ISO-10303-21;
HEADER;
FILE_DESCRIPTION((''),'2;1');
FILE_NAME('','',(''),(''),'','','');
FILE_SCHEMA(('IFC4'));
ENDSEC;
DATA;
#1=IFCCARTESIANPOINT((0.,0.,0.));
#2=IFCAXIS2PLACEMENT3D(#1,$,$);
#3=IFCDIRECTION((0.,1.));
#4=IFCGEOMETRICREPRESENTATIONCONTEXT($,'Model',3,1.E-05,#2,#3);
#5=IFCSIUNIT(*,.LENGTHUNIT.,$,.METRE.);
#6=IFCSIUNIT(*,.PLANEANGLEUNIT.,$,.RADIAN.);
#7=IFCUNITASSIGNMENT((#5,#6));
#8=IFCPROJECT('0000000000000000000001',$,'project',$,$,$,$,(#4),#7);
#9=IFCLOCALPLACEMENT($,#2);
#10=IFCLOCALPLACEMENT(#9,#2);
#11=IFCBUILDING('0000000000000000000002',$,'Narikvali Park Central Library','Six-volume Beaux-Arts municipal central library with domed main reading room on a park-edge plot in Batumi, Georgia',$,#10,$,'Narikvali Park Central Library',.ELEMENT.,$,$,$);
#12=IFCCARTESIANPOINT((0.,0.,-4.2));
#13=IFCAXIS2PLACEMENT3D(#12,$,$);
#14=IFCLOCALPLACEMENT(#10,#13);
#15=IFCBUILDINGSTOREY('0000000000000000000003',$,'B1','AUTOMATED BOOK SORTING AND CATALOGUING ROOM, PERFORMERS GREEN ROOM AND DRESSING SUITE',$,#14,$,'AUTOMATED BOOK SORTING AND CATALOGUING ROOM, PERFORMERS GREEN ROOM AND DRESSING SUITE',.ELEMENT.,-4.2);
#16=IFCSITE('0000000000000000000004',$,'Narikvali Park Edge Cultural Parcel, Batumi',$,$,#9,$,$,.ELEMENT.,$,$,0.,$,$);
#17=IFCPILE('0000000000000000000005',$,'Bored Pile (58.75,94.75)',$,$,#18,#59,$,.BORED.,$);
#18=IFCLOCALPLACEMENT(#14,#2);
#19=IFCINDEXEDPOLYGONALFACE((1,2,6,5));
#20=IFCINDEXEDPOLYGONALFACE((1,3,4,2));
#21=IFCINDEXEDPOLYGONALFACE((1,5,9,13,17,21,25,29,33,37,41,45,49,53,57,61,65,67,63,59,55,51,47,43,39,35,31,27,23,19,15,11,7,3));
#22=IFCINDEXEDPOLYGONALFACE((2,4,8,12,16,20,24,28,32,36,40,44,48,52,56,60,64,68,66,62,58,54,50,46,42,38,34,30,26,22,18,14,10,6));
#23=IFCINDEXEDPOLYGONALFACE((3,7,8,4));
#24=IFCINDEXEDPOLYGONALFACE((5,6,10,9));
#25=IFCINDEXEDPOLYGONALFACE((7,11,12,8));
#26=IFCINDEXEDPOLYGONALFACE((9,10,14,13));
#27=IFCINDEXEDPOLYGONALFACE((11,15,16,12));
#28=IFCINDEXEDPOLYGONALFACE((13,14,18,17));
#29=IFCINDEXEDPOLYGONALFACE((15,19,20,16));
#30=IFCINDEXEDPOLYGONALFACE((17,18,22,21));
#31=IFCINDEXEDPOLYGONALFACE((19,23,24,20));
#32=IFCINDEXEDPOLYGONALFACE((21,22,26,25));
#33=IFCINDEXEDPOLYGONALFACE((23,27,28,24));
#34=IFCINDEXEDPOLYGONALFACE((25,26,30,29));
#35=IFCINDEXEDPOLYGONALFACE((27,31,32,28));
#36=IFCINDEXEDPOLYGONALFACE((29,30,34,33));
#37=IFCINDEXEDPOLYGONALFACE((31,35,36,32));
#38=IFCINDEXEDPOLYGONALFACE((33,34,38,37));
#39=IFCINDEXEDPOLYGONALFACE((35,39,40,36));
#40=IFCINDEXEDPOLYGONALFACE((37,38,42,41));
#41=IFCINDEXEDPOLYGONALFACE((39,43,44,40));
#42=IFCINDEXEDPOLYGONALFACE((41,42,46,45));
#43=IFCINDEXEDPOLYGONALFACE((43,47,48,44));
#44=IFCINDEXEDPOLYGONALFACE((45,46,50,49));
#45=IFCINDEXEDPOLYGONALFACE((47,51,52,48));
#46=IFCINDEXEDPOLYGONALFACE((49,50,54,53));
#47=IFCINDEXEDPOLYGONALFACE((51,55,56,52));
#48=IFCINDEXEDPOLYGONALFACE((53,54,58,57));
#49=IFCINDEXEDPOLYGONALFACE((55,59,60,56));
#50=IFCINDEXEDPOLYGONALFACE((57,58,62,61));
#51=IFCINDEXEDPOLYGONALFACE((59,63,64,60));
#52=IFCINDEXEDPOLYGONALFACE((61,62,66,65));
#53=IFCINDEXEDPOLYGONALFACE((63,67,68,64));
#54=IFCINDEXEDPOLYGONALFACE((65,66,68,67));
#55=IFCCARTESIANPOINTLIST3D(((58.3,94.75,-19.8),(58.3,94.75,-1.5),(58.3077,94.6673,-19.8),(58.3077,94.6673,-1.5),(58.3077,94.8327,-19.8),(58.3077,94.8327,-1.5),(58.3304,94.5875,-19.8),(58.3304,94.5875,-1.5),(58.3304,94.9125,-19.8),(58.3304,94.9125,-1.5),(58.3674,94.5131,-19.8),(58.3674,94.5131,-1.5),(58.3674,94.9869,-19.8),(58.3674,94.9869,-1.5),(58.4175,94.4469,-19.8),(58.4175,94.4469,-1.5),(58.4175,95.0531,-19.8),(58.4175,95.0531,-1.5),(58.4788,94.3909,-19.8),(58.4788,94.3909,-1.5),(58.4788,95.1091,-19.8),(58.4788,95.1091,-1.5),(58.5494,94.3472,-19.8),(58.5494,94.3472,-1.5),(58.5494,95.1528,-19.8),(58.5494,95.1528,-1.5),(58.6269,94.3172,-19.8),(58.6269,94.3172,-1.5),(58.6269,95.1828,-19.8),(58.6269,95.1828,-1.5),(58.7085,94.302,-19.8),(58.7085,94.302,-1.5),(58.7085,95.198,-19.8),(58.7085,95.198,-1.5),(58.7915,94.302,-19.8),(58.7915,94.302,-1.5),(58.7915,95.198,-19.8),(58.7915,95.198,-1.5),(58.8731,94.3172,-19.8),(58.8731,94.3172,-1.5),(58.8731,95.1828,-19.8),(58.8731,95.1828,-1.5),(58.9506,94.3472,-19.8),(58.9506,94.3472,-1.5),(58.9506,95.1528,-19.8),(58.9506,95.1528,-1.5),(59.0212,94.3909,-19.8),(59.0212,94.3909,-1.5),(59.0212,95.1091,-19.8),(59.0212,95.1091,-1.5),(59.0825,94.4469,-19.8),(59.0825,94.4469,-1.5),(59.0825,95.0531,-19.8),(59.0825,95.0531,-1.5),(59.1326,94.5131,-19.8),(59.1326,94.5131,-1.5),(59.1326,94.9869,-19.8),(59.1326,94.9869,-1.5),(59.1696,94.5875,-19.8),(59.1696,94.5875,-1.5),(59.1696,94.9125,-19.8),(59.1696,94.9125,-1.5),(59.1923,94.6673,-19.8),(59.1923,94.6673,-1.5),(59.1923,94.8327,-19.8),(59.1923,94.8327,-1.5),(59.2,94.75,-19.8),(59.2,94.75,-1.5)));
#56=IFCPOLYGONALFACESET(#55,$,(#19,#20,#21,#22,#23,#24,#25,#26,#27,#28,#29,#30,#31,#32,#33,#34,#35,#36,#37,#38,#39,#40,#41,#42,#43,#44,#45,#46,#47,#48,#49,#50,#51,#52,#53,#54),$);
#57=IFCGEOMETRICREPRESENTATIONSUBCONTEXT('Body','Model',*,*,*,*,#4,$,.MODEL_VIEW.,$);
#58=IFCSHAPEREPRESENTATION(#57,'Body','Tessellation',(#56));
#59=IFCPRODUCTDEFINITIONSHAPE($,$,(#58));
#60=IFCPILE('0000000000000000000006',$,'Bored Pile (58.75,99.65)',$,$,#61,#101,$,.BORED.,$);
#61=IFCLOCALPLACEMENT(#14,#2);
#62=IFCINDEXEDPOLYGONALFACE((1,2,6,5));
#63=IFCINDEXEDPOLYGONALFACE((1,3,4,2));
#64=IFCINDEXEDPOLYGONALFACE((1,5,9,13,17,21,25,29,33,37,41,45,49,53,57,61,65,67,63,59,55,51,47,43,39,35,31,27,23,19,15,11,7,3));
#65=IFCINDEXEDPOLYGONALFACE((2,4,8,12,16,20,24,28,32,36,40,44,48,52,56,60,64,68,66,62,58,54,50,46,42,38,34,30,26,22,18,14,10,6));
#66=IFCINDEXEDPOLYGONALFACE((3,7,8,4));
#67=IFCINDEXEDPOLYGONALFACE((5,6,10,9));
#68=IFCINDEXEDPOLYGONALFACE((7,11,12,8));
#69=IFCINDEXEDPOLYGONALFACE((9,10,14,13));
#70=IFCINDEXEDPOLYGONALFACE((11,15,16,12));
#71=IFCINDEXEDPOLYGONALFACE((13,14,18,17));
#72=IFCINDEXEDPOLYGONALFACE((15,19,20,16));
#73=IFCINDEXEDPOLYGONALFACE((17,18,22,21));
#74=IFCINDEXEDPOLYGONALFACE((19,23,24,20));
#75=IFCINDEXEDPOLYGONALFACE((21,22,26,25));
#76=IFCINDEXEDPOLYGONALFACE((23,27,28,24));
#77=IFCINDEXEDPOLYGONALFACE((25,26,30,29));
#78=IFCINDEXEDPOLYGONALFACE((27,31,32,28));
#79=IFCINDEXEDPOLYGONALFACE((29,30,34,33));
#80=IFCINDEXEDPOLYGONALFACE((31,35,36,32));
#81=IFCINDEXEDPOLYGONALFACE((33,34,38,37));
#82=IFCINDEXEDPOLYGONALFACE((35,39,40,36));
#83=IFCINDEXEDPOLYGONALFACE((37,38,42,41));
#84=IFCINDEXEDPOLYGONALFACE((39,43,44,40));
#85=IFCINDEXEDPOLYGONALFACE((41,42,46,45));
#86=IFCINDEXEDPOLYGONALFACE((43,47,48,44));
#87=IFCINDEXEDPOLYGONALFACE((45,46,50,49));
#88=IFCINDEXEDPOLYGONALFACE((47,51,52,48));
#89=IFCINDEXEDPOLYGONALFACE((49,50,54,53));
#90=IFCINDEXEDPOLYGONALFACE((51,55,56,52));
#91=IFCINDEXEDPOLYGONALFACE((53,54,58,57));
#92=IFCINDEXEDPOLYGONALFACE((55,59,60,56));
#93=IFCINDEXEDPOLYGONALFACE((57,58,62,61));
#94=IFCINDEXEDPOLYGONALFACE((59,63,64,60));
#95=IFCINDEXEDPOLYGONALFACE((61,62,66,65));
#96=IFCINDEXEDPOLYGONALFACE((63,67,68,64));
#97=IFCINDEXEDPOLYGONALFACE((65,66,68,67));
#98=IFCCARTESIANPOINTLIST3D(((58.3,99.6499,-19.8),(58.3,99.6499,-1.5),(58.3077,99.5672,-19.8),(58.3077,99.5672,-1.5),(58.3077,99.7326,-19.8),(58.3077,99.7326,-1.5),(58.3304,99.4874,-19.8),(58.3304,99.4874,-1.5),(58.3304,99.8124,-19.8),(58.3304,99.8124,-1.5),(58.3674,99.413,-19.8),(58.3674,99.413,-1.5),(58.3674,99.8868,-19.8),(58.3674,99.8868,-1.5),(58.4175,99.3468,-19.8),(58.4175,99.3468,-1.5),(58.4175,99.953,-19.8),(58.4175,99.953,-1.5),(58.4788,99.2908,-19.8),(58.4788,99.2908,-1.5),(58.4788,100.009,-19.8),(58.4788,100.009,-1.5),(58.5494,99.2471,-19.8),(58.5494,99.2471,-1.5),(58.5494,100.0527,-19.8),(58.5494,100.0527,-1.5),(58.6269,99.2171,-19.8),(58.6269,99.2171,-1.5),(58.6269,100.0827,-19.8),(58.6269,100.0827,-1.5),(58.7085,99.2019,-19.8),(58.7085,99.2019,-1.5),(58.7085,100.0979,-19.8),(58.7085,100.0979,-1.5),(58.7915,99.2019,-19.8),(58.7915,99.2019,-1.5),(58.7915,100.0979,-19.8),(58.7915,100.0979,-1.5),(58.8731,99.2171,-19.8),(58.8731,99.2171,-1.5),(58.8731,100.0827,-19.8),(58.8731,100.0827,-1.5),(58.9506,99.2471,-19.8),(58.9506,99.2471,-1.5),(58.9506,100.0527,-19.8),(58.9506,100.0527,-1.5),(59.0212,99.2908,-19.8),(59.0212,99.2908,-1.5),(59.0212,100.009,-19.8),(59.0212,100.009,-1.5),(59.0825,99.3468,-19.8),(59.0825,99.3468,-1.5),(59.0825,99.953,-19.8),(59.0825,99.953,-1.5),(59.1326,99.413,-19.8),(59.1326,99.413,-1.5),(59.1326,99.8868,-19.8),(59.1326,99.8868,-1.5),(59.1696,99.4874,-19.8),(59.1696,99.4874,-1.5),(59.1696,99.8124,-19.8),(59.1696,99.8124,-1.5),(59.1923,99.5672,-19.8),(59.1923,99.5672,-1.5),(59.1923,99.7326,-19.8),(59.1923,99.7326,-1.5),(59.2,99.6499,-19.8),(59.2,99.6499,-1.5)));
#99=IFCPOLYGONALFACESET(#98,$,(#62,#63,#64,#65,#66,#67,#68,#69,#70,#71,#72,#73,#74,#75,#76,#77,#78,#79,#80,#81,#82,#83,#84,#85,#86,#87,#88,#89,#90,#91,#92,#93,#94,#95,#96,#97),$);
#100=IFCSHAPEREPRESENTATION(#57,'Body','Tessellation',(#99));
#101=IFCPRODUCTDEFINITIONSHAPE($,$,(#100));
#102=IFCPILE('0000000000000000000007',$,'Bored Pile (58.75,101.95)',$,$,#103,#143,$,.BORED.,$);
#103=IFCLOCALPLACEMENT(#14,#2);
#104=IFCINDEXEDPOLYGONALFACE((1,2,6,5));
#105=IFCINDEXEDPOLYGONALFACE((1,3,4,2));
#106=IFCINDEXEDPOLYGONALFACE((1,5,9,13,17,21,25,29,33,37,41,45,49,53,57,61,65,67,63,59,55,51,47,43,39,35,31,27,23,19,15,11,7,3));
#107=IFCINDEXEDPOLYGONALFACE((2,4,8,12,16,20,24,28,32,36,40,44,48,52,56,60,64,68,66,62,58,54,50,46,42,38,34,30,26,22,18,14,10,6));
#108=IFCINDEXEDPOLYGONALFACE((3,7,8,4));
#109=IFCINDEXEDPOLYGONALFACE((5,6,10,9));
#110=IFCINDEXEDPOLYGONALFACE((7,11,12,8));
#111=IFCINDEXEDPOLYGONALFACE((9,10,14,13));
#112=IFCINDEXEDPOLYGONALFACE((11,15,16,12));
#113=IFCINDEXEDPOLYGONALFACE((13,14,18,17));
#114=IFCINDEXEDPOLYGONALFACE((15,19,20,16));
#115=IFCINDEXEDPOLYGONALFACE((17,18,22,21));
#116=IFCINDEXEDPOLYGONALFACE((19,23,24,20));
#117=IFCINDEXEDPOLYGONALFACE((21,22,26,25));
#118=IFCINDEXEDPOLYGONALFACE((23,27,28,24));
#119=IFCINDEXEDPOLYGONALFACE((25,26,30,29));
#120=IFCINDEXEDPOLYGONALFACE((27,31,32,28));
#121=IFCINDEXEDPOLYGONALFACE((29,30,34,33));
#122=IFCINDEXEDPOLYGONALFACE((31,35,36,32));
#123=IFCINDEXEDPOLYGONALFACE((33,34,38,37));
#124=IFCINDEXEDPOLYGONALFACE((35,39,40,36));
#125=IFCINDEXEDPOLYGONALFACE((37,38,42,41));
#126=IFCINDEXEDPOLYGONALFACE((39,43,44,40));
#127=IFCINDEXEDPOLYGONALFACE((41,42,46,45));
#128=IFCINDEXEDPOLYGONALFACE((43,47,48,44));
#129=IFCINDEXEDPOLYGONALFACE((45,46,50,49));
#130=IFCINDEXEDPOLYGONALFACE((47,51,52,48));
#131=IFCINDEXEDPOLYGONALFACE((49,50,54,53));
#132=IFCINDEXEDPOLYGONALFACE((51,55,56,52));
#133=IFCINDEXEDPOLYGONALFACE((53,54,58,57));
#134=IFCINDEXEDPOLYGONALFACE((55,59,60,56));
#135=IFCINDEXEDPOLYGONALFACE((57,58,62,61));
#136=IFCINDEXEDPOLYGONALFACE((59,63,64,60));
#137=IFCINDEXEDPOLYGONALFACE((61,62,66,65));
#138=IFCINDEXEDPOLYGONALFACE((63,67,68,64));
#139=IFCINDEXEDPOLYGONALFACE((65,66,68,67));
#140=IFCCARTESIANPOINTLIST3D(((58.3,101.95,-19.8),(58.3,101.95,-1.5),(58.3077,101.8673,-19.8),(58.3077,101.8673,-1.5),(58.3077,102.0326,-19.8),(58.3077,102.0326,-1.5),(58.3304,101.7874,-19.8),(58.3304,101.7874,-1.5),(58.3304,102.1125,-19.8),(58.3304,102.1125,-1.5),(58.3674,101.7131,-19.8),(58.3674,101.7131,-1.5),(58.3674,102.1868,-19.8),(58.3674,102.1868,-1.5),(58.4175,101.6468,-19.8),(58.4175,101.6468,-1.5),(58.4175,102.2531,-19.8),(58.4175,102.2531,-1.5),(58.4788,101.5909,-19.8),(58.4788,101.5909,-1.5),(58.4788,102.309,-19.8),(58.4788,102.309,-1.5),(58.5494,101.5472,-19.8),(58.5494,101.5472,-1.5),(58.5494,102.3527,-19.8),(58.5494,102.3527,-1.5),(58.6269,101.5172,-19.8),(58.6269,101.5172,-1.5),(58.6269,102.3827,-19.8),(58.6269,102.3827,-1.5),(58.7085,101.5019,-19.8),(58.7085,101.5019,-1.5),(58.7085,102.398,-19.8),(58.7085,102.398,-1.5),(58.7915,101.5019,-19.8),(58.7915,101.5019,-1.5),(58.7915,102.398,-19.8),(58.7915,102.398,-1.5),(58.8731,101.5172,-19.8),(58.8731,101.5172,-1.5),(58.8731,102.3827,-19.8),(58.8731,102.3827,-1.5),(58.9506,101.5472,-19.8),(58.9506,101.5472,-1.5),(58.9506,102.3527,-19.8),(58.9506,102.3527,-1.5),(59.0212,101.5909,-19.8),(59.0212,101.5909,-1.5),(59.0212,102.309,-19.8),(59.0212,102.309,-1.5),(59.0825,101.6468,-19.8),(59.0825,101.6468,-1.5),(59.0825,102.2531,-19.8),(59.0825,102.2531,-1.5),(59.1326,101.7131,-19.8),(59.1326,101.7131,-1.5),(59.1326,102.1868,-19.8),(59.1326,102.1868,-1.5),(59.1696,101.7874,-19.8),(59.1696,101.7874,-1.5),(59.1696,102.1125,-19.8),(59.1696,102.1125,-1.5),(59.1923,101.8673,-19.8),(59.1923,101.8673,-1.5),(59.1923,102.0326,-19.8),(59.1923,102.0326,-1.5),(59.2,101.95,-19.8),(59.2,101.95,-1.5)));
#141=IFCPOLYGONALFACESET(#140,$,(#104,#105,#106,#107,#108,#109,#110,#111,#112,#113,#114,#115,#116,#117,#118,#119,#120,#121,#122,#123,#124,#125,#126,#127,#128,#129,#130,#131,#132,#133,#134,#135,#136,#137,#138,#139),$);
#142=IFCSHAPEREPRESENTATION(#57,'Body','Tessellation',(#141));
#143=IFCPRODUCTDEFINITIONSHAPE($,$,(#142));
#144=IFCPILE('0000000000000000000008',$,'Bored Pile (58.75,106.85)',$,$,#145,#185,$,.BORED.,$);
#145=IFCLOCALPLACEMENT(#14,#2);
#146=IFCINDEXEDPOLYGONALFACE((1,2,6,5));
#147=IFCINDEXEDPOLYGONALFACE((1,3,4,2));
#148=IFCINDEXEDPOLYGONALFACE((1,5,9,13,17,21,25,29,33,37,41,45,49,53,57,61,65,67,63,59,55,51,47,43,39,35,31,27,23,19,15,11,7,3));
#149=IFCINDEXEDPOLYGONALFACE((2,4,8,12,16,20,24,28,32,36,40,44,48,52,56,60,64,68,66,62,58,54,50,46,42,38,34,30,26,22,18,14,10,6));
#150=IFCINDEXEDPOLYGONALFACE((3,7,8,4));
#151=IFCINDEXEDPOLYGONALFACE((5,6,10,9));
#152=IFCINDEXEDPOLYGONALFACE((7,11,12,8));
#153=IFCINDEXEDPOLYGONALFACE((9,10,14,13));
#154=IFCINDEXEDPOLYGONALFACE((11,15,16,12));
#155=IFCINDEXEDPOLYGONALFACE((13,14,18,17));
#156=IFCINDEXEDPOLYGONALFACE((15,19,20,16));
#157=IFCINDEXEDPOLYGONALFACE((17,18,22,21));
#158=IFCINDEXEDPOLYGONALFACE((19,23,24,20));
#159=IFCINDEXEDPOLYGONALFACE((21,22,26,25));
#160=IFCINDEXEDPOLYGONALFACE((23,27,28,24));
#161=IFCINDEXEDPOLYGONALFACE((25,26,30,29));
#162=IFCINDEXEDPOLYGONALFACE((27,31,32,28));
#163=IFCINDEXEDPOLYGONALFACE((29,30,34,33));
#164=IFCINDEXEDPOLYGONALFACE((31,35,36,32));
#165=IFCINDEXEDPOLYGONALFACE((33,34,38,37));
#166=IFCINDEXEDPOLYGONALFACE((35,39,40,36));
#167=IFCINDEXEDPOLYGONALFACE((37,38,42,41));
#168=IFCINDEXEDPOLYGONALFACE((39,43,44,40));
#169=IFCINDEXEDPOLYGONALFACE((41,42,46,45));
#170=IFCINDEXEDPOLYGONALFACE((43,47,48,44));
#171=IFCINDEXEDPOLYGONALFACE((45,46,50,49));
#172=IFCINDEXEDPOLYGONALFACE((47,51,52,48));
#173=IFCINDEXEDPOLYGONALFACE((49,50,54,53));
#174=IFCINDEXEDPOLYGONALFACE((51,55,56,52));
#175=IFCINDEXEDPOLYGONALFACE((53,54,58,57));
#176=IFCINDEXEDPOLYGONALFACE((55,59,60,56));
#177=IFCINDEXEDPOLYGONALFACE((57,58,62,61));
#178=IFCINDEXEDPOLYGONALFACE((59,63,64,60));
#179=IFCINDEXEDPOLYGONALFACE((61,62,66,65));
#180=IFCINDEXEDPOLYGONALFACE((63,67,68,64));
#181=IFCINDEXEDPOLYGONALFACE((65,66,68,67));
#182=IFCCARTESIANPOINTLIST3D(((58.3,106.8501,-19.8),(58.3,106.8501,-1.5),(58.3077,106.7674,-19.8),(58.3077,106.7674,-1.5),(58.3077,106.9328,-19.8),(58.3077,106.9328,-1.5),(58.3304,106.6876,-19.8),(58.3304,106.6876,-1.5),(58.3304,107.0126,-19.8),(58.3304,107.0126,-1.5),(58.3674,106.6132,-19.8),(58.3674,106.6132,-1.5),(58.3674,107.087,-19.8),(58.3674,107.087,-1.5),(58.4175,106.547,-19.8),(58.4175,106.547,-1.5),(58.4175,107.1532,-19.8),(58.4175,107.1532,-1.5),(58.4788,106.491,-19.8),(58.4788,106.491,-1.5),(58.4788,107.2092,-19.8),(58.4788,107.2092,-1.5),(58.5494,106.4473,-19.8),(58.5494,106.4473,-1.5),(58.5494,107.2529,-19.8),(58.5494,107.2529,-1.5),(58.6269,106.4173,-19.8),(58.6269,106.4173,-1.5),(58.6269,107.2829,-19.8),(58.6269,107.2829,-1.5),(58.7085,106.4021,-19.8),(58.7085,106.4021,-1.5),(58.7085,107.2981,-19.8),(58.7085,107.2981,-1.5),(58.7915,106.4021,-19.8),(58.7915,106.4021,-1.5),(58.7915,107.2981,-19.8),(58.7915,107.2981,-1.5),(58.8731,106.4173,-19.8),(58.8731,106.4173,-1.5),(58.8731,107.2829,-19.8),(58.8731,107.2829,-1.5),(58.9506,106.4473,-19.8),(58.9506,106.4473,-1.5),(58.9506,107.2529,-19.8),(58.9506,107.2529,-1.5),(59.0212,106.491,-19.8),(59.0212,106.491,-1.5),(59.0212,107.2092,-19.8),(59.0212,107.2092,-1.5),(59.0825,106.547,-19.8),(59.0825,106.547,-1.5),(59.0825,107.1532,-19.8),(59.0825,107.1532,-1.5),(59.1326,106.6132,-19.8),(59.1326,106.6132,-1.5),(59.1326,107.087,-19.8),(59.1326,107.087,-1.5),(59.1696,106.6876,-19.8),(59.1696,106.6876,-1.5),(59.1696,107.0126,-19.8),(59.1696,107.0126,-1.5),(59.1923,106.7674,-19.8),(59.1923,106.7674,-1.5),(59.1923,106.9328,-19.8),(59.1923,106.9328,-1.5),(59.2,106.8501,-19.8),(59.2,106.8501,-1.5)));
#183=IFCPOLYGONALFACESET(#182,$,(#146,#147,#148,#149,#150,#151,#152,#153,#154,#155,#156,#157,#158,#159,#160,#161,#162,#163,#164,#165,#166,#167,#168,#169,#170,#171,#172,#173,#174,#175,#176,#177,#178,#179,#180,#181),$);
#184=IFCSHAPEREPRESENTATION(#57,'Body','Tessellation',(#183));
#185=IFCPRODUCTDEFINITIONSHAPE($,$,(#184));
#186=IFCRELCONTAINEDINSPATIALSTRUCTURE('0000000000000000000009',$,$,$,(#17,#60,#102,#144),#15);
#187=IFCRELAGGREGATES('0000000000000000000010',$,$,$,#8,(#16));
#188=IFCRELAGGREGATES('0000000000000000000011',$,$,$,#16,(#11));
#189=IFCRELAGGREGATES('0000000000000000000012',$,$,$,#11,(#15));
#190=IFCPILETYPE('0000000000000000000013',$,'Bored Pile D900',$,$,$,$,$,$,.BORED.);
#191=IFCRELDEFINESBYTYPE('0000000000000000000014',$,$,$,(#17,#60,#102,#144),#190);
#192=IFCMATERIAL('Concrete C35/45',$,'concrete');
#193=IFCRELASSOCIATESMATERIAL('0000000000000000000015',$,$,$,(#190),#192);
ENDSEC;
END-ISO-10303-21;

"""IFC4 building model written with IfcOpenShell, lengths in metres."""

from ifc_helpers import new_model, si_unit, direction, frame, origin, origin_2d, place, context, subcontext, project, spatial, circle, extrude, material, material_profile, profile_set, type_object, element, save


model = new_model("IFC4")

# Units and contexts
model_context = context("Model", 3, precision=1e-05, world=origin(), true_north=direction((0.0, 1.0)))
body_context = subcontext(model_context, "Body", "Model", "MODEL_VIEW")
ifc_project = project(units=[si_unit("LENGTHUNIT", "METRE"), si_unit("PLANEANGLEUNIT", "RADIAN")], contexts=[model_context])

# Site, building, storey
site_placement = place(None, origin())
site = spatial("IfcSite", under=ifc_project, at=site_placement, Name="Narikvali Park Edge Cultural Parcel, Batumi", CompositionType="ELEMENT", RefElevation=0.0)
building_placement = place(site_placement, origin())
building = spatial("IfcBuilding", under=site, at=building_placement, Name="Narikvali Park Central Library", Description="Six-volume Beaux-Arts municipal central library with domed main reading room on a park-edge plot in Batumi, Georgia", LongName="Narikvali Park Central Library", CompositionType="ELEMENT")
storey_placement = place(building_placement, frame((0.0, 0.0, -4.2)))
storey = spatial("IfcBuildingStorey", under=building, at=storey_placement, Name="B1", Description="AUTOMATED BOOK SORTING AND CATALOGUING ROOM, PERFORMERS GREEN ROOM AND DRESSING SUITE", LongName="AUTOMATED BOOK SORTING AND CATALOGUING ROOM, PERFORMERS GREEN ROOM AND DRESSING SUITE", CompositionType="ELEMENT", Elevation=-4.2)

# Piles
ifc_material_1 = material(Name="Concrete C35/45", Category="concrete")
ifc_material_profile_1 = material_profile(ifc_material_1, circle(Radius=0.45, at=origin_2d()), Name="PILE D900")
ifc_profile_set_1 = profile_set([ifc_material_profile_1], Name="Concrete C35/45")
pile_type_1 = type_object("IfcPileType", Name="Bored Pile D900", PredefinedType="BORED", material=ifc_profile_set_1)
for number, where, z_axis, x_axis, name in (
    (1, (58.75, 94.75, -1.5), (0.0, 0.0, -1.0), (1.0, 0.0, 0.0), "Bored Pile (58.75,94.75)"),
    (2, (58.75, 99.6499, -1.5), (0.0, 0.0, -1.0), (1.0, 0.0, 0.0), "Bored Pile (58.75,99.65)"),
    (3, (58.75, 101.95, -1.5), (0.0, 0.0, -1.0), (1.0, 0.0, 0.0), "Bored Pile (58.75,101.95)"),
    (4, (58.75, 106.8501, -1.5), (0.0, 0.0, -1.0), (1.0, 0.0, 0.0), "Bored Pile (58.75,106.85)"),
):
    element("IfcPile", number, at=place(storey_placement, frame(where, z_axis=z_axis, x_axis=x_axis)), inside=storey, type_object=pile_type_1, Name=name, PredefinedType="BORED", context=body_context, shape_type="SweptSolid", body=[
        extrude(circle(Radius=0.45, at=origin_2d()), origin(), (0.0, 0.0, 1.0), 18.3),
    ])

save(model, "model.ifc")
